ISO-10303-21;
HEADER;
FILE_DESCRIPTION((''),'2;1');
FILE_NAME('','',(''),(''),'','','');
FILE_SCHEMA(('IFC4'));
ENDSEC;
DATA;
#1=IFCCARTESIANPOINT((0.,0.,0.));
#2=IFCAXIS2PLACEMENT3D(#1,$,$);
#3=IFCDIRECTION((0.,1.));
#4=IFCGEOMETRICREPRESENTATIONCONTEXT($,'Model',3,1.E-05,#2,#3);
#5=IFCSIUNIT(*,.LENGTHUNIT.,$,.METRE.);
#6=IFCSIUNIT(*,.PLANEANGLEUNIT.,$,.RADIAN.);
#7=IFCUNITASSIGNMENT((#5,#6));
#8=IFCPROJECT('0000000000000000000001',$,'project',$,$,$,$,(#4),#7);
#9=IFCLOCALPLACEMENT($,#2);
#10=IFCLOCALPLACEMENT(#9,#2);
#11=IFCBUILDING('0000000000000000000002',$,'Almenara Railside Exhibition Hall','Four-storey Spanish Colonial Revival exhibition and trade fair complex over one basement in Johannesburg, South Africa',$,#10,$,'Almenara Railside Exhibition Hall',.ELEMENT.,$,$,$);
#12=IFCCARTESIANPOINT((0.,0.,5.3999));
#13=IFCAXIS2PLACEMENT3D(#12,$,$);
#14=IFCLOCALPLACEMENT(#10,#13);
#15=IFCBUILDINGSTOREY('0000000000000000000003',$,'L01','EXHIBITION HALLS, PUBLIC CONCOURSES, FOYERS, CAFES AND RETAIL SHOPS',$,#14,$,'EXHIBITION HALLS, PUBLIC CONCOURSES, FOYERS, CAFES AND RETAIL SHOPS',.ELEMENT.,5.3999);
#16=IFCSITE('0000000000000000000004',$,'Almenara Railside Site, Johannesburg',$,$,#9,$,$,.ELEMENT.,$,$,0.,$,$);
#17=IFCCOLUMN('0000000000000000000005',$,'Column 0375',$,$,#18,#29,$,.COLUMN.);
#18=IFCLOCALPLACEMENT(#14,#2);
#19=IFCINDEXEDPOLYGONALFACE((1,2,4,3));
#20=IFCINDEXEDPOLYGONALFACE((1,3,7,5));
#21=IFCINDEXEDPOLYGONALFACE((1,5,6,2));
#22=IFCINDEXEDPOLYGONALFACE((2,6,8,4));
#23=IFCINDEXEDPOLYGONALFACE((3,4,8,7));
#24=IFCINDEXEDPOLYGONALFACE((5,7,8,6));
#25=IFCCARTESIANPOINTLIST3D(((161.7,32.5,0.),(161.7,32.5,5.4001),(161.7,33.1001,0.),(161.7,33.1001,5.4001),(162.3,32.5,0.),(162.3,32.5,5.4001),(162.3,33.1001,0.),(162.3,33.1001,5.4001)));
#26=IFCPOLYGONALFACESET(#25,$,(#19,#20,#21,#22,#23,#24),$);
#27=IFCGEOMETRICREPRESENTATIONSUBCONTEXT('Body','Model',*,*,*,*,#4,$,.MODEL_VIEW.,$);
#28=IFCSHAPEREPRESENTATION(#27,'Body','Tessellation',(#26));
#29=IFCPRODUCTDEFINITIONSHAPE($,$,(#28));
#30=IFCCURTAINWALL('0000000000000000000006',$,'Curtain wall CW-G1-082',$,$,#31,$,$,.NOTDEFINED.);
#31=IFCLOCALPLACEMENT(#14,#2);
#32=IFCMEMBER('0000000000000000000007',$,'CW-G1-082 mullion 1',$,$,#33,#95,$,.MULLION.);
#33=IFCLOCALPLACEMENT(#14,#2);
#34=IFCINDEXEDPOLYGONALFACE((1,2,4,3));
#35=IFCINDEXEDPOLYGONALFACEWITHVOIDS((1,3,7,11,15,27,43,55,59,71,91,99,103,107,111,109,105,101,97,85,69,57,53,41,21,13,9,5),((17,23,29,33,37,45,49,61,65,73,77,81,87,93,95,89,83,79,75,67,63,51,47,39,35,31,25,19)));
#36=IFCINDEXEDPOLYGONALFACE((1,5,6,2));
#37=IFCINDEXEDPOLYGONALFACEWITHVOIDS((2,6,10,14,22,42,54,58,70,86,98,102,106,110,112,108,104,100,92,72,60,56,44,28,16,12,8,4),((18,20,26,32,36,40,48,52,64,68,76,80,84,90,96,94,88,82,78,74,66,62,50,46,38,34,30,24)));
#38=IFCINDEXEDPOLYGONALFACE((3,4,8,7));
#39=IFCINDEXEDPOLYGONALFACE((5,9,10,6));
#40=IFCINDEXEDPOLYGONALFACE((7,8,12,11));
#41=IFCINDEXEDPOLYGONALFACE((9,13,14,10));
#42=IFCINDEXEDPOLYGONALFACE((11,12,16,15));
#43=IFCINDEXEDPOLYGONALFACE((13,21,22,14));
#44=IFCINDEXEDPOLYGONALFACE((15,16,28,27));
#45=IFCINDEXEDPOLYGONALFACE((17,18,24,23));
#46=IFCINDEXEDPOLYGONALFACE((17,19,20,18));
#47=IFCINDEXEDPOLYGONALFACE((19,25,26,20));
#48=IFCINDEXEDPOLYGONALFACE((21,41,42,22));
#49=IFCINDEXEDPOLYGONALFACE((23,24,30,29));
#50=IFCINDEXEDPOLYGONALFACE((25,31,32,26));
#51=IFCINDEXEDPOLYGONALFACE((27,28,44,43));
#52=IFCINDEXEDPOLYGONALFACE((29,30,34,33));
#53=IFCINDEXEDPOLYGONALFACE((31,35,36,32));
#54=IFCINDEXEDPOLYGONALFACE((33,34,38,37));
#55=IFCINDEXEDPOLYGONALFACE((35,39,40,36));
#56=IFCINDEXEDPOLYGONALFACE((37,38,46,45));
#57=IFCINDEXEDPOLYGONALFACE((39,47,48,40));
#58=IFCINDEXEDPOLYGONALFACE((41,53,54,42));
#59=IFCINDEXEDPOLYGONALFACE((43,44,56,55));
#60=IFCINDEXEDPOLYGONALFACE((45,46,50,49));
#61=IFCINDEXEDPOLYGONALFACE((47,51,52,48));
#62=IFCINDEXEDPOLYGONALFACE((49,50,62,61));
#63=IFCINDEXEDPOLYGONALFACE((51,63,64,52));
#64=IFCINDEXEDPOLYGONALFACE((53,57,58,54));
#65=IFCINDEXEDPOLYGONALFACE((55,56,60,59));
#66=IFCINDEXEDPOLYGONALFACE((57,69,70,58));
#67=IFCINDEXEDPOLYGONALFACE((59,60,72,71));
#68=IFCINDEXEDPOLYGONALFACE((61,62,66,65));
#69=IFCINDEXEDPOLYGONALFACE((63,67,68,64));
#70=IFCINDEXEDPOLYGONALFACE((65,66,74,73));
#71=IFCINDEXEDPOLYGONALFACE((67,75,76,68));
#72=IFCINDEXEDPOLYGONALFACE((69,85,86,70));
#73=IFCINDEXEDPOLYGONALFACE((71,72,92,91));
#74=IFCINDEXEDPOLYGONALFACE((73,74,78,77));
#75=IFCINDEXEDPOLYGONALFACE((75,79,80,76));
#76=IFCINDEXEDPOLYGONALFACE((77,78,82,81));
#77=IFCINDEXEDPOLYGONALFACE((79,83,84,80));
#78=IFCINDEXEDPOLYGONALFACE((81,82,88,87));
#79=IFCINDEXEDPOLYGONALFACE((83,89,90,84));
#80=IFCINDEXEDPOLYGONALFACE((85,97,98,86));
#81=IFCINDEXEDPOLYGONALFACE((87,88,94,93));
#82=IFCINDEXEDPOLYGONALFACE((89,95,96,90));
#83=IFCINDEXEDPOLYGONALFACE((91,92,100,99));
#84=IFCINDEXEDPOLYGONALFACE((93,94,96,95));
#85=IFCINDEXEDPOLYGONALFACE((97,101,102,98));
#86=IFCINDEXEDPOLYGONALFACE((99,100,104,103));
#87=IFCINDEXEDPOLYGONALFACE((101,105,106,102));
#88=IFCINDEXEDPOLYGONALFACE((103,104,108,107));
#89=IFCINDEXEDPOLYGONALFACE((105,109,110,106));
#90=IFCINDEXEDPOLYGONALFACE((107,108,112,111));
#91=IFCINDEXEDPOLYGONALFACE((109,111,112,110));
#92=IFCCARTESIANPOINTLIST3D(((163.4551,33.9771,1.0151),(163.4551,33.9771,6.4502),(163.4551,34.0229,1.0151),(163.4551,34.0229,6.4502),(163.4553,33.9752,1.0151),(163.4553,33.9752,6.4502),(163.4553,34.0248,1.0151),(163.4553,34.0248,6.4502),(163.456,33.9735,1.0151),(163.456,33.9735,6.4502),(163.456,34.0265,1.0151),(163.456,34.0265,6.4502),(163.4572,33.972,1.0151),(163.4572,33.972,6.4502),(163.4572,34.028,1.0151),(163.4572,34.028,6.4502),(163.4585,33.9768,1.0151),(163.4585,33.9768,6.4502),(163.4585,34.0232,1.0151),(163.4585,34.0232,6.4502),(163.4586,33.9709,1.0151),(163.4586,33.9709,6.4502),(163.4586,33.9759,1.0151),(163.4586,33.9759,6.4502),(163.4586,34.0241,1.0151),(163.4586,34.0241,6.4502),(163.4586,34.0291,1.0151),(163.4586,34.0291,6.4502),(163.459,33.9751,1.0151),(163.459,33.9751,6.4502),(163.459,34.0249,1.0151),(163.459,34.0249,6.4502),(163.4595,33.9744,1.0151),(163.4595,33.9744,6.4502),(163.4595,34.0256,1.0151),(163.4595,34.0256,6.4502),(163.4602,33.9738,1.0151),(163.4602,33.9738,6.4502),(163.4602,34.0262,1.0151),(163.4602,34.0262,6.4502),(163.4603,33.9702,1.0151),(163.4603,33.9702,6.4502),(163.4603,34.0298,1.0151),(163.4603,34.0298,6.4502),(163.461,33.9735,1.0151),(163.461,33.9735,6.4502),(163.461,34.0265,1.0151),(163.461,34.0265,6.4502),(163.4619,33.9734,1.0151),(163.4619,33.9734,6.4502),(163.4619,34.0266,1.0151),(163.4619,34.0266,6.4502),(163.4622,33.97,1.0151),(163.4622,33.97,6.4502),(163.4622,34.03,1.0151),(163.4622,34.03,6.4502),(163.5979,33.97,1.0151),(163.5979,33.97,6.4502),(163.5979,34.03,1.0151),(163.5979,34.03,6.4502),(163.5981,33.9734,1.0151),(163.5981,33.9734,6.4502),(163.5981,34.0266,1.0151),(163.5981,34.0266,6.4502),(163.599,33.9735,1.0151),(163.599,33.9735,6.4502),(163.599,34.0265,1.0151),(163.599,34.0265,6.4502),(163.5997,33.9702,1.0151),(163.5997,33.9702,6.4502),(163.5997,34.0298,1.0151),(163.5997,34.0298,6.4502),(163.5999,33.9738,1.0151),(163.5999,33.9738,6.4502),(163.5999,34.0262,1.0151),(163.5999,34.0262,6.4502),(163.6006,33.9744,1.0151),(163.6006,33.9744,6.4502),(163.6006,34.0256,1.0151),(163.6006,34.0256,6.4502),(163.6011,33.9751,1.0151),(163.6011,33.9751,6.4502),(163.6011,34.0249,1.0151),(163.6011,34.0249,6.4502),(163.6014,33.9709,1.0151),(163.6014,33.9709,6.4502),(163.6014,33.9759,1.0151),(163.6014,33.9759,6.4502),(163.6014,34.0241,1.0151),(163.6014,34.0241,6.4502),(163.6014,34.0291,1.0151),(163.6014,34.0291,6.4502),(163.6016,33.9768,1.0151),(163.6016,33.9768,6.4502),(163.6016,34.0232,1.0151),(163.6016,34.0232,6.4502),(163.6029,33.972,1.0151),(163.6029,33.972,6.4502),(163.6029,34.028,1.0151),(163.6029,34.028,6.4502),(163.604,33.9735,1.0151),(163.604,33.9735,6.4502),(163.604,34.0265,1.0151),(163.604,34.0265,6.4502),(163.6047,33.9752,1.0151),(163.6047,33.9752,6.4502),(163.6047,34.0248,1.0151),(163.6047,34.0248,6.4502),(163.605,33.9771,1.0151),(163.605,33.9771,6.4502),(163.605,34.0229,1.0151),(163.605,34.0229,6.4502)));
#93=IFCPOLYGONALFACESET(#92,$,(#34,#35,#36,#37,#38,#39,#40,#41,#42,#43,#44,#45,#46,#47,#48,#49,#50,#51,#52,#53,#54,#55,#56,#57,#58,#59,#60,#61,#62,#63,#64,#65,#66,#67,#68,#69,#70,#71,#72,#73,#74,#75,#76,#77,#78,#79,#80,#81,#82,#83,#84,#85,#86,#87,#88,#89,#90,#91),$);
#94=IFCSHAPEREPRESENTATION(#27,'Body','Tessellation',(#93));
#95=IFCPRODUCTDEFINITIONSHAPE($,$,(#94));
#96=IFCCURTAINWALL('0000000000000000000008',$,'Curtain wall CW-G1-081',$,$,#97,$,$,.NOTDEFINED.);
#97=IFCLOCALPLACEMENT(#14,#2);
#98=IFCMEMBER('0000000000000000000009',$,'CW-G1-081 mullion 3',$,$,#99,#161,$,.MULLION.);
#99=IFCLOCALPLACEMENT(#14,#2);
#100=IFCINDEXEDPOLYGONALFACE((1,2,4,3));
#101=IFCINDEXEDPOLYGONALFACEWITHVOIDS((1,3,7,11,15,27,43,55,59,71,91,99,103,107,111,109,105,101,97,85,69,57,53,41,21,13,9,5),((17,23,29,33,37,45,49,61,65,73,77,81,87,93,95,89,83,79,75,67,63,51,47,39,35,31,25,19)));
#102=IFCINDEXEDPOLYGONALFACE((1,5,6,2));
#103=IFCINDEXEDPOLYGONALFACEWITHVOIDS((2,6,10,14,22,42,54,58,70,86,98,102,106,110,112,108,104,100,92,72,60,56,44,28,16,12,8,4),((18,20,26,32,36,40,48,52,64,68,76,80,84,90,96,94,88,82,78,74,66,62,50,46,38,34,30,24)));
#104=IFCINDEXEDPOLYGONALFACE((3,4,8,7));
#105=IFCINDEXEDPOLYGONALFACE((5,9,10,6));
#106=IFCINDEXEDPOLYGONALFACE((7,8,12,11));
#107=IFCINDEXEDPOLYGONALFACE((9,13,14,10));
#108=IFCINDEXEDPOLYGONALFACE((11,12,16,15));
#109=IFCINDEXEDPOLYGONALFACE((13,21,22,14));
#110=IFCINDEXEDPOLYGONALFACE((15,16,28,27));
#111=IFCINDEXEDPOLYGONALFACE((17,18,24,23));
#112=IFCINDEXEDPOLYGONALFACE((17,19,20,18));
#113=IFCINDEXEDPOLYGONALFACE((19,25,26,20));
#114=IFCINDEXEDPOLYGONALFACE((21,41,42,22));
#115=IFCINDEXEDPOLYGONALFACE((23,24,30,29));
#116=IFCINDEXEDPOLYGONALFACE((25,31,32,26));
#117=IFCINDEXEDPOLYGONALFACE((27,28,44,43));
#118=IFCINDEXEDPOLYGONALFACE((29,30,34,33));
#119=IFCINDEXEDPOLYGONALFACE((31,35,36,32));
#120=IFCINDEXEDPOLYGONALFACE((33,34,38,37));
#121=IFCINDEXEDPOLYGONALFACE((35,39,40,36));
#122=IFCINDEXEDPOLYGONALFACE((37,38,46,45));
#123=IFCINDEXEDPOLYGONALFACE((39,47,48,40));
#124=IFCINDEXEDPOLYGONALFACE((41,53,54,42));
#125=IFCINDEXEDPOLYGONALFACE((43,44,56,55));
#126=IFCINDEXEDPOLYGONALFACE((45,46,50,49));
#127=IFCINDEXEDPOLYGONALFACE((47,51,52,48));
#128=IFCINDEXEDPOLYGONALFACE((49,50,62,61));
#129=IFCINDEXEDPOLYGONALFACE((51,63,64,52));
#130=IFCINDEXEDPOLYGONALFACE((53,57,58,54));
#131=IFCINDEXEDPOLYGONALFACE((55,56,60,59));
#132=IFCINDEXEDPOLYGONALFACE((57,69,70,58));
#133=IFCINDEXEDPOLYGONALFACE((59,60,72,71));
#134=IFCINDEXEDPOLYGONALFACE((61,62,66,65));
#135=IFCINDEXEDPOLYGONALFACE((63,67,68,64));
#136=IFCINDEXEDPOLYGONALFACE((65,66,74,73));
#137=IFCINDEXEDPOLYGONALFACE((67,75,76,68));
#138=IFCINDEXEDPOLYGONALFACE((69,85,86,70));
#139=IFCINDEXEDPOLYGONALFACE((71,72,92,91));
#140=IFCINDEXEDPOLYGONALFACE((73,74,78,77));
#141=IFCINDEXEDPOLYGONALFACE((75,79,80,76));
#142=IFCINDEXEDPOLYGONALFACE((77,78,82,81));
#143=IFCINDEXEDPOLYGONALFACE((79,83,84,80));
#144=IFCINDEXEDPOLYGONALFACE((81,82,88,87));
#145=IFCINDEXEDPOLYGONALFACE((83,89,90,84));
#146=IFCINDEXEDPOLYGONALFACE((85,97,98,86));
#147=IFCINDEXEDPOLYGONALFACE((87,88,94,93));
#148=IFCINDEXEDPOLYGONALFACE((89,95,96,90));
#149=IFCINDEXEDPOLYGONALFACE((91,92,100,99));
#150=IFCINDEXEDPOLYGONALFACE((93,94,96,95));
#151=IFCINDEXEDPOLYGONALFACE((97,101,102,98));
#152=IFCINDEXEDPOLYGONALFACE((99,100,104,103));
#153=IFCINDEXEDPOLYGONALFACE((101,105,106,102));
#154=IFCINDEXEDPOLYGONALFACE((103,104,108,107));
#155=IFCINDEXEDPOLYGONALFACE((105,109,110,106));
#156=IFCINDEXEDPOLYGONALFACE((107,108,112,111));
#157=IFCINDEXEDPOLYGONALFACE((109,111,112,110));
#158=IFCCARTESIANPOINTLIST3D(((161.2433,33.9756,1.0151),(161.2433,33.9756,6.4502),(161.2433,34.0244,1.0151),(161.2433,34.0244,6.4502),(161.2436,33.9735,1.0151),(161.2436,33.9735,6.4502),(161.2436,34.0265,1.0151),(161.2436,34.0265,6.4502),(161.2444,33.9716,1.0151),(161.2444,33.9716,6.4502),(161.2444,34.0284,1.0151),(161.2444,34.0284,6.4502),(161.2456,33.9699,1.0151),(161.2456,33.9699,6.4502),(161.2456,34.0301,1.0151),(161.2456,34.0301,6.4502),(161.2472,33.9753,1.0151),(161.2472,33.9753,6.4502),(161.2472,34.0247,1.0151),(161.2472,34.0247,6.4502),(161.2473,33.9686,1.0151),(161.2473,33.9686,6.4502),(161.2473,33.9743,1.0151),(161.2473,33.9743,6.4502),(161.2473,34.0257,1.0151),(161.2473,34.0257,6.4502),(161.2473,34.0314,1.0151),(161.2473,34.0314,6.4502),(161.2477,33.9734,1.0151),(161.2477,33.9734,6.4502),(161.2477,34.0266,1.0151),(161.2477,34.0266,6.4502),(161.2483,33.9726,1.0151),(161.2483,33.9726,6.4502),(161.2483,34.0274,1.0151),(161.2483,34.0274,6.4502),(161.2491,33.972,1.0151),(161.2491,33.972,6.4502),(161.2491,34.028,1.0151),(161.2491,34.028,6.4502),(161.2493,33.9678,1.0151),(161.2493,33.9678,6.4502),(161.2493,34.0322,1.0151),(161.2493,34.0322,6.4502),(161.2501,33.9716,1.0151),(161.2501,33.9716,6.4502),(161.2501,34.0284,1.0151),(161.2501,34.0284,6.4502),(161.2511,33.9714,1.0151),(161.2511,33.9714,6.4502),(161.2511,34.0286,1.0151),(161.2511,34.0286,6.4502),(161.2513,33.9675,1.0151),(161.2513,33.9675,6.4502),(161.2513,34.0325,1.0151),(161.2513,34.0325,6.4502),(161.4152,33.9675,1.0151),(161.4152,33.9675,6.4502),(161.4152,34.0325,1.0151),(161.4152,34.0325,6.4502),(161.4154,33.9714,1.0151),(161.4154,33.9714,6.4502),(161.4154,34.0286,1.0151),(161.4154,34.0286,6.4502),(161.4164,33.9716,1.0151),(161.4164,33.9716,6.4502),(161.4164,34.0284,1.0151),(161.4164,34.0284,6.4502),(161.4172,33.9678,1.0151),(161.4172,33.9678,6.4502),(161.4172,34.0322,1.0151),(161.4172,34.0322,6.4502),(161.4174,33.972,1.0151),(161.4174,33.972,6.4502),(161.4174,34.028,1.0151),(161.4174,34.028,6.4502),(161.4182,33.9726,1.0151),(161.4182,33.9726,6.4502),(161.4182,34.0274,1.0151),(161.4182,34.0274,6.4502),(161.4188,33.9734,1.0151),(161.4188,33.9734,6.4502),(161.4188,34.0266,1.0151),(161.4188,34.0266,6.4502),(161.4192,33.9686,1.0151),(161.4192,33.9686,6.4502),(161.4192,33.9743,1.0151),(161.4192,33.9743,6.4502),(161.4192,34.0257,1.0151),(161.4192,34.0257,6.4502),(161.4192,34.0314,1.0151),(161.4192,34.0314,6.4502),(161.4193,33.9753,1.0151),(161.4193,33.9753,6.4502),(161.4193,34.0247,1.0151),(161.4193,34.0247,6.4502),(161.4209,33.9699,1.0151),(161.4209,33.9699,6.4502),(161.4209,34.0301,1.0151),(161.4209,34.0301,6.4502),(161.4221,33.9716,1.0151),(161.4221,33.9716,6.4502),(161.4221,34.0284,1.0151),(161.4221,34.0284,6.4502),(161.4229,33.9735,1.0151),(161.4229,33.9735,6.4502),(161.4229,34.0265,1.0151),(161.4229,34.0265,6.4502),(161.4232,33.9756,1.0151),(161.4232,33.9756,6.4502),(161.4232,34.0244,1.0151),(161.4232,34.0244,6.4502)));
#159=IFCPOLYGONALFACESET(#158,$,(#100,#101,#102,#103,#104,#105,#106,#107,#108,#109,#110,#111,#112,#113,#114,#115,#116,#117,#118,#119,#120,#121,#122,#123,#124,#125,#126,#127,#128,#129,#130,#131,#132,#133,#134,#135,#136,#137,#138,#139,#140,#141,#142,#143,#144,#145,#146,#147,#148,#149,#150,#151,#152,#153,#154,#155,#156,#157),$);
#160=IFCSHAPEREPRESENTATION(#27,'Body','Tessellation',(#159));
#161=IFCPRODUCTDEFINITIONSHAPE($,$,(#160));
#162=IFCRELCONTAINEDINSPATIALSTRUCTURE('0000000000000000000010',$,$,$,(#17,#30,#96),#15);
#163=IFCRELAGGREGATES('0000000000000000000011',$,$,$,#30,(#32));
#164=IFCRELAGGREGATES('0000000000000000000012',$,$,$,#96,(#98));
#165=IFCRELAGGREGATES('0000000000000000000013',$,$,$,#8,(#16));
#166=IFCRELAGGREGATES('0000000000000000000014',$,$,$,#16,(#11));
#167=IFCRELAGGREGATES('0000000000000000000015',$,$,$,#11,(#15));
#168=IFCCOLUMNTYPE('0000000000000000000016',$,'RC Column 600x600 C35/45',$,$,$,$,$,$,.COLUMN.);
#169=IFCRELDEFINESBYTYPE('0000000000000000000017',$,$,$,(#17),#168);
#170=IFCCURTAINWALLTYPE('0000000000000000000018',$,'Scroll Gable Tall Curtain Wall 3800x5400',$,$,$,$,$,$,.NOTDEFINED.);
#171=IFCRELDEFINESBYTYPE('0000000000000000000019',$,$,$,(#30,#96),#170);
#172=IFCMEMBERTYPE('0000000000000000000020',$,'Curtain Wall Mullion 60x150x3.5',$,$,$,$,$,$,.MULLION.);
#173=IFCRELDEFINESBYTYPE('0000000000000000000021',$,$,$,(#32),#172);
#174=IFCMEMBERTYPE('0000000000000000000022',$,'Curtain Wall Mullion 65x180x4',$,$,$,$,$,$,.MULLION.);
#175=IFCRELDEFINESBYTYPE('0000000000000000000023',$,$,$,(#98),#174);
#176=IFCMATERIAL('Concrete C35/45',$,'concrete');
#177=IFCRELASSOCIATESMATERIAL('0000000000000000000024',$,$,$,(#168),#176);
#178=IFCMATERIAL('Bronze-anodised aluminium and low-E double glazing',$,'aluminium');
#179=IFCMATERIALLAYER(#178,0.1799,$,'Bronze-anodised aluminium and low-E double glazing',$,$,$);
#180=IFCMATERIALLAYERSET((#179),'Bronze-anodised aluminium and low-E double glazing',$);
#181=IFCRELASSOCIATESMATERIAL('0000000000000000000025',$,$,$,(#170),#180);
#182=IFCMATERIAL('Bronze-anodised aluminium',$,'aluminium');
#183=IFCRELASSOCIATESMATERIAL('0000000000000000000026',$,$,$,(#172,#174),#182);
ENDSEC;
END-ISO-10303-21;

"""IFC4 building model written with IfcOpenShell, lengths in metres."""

from ifc_helpers import new_model, si_unit, direction, frame, origin, origin_2d, place, context, subcontext, project, spatial, rectangle, hollow_rectangle, extrude, material, layer, layer_set, material_profile, profile_set, type_object, element, aggregate, save


model = new_model("IFC4")

# Units and contexts
model_context = context("Model", 3, precision=1e-05, world=origin(), true_north=direction((0.0, 1.0)))
body_context = subcontext(model_context, "Body", "Model", "MODEL_VIEW")
ifc_project = project(units=[si_unit("LENGTHUNIT", "METRE"), si_unit("PLANEANGLEUNIT", "RADIAN")], contexts=[model_context])

# Site, building, storey
site_placement = place(None, origin())
site = spatial("IfcSite", under=ifc_project, at=site_placement, Name="Almenara Railside Site, Johannesburg", CompositionType="ELEMENT", RefElevation=0.0)
building_placement = place(site_placement, origin())
building = spatial("IfcBuilding", under=site, at=building_placement, Name="Almenara Railside Exhibition Hall", Description="Four-storey Spanish Colonial Revival exhibition and trade fair complex over one basement in Johannesburg, South Africa", LongName="Almenara Railside Exhibition Hall", CompositionType="ELEMENT")
storey_placement = place(building_placement, frame((0.0, 0.0, 5.3999)))
storey = spatial("IfcBuildingStorey", under=building, at=storey_placement, Name="L01", Description="EXHIBITION HALLS, PUBLIC CONCOURSES, FOYERS, CAFES AND RETAIL SHOPS", LongName="EXHIBITION HALLS, PUBLIC CONCOURSES, FOYERS, CAFES AND RETAIL SHOPS", CompositionType="ELEMENT", Elevation=5.3999)

# Column
ifc_material_1 = material(Name="Concrete C35/45", Category="concrete")
ifc_material_profile_1 = material_profile(ifc_material_1, rectangle(XDim=0.6001, YDim=0.6001, at=origin_2d()), Name="RC 600x600")
ifc_profile_set_1 = profile_set([ifc_material_profile_1], Name="Concrete C35/45")
column_type = type_object("IfcColumnType", Name="RC Column 600x600 C35/45", PredefinedType="COLUMN", material=ifc_profile_set_1)
column_placement = place(storey_placement, frame((162.0, 32.8, 0.0), z_axis=(0.0, 0.0, 1.0), x_axis=(1.0, 0.0, 0.0)))
element("IfcColumn", 1, at=column_placement, inside=storey, type_object=column_type, Name="Column 0375", PredefinedType="COLUMN", context=body_context, shape_type="SweptSolid", body=[
    extrude(rectangle(XDim=0.6001, YDim=0.6001, at=origin_2d()), origin(), (0.0, 0.0, 1.0), 5.4001),
])

# Curtain wall, member
ifc_material_2 = material(Name="Bronze-anodised aluminium and low-E double glazing", Category="aluminium")
ifc_layer_1 = layer(ifc_material_2, 0.1799, Name="Bronze-anodised aluminium and low-E double glazing")
ifc_layer_set_1 = layer_set([ifc_layer_1], Name="Bronze-anodised aluminium and low-E double glazing")
curtain_wall_type = type_object("IfcCurtainWallType", Name="Scroll Gable Tall Curtain Wall 3800x5400", PredefinedType="NOTDEFINED", material=ifc_layer_set_1)
curtain_wall_1_placement = place(storey_placement, origin())
curtain_wall_1 = element("IfcCurtainWall", 2, at=curtain_wall_1_placement, inside=storey, type_object=curtain_wall_type, Name="Curtain wall CW-G1-082", PredefinedType="NOTDEFINED")
ifc_material_3 = material(Name="Bronze-anodised aluminium", Category="aluminium")
ifc_material_profile_2 = material_profile(ifc_material_3, hollow_rectangle(XDim=0.0601, YDim=0.1499, WallThickness=0.0034, InnerFilletRadius=0.0034, OuterFilletRadius=0.0071, at=origin_2d()), Name="ALU-MUL 60x150x3.5")
ifc_profile_set_2 = profile_set([ifc_material_profile_2], Name="Bronze-anodised aluminium")
member_type_1 = type_object("IfcMemberType", Name="Curtain Wall Mullion 60x150x3.5", PredefinedType="MULLION", material=ifc_profile_set_2)
member_1_placement = place(storey_placement, frame((163.53, 34.0, 1.0151), z_axis=(0.0, 0.0, 1.0), x_axis=(0.0, 1.0, 0.0)))
member_1 = element("IfcMember", 3, at=member_1_placement, type_object=member_type_1, Name="CW-G1-082 mullion 1", PredefinedType="MULLION", context=body_context, shape_type="SweptSolid", body=[
    extrude(hollow_rectangle(XDim=0.0601, YDim=0.1499, WallThickness=0.0034, InnerFilletRadius=0.0034, OuterFilletRadius=0.0071, at=origin_2d()), origin(), (0.0, 0.0, 1.0), 5.4351),
])

# Curtain wall, member
curtain_wall_2_placement = place(storey_placement, origin())
curtain_wall_2 = element("IfcCurtainWall", 4, at=curtain_wall_2_placement, inside=storey, type_object=curtain_wall_type, Name="Curtain wall CW-G1-081", PredefinedType="NOTDEFINED")
ifc_material_profile_3 = material_profile(ifc_material_3, hollow_rectangle(XDim=0.0649, YDim=0.1799, WallThickness=0.0039, InnerFilletRadius=0.0039, OuterFilletRadius=0.0081, at=origin_2d()), Name="ALU-MUL 65x180x4")
ifc_profile_set_3 = profile_set([ifc_material_profile_3], Name="Bronze-anodised aluminium")
member_type_2 = type_object("IfcMemberType", Name="Curtain Wall Mullion 65x180x4", PredefinedType="MULLION", material=ifc_profile_set_3)
member_2_placement = place(storey_placement, frame((161.3333, 34.0, 1.0151), z_axis=(0.0, 0.0, 1.0), x_axis=(0.0, 1.0, 0.0)))
member_2 = element("IfcMember", 5, at=member_2_placement, type_object=member_type_2, Name="CW-G1-081 mullion 3", PredefinedType="MULLION", context=body_context, shape_type="SweptSolid", body=[
    extrude(hollow_rectangle(XDim=0.0649, YDim=0.1799, WallThickness=0.0039, InnerFilletRadius=0.0039, OuterFilletRadius=0.0081, at=origin_2d()), origin(), (0.0, 0.0, 1.0), 5.4351),
])

aggregate(curtain_wall_1, [member_1])

aggregate(curtain_wall_2, [member_2])

save(model, "model.ifc")
